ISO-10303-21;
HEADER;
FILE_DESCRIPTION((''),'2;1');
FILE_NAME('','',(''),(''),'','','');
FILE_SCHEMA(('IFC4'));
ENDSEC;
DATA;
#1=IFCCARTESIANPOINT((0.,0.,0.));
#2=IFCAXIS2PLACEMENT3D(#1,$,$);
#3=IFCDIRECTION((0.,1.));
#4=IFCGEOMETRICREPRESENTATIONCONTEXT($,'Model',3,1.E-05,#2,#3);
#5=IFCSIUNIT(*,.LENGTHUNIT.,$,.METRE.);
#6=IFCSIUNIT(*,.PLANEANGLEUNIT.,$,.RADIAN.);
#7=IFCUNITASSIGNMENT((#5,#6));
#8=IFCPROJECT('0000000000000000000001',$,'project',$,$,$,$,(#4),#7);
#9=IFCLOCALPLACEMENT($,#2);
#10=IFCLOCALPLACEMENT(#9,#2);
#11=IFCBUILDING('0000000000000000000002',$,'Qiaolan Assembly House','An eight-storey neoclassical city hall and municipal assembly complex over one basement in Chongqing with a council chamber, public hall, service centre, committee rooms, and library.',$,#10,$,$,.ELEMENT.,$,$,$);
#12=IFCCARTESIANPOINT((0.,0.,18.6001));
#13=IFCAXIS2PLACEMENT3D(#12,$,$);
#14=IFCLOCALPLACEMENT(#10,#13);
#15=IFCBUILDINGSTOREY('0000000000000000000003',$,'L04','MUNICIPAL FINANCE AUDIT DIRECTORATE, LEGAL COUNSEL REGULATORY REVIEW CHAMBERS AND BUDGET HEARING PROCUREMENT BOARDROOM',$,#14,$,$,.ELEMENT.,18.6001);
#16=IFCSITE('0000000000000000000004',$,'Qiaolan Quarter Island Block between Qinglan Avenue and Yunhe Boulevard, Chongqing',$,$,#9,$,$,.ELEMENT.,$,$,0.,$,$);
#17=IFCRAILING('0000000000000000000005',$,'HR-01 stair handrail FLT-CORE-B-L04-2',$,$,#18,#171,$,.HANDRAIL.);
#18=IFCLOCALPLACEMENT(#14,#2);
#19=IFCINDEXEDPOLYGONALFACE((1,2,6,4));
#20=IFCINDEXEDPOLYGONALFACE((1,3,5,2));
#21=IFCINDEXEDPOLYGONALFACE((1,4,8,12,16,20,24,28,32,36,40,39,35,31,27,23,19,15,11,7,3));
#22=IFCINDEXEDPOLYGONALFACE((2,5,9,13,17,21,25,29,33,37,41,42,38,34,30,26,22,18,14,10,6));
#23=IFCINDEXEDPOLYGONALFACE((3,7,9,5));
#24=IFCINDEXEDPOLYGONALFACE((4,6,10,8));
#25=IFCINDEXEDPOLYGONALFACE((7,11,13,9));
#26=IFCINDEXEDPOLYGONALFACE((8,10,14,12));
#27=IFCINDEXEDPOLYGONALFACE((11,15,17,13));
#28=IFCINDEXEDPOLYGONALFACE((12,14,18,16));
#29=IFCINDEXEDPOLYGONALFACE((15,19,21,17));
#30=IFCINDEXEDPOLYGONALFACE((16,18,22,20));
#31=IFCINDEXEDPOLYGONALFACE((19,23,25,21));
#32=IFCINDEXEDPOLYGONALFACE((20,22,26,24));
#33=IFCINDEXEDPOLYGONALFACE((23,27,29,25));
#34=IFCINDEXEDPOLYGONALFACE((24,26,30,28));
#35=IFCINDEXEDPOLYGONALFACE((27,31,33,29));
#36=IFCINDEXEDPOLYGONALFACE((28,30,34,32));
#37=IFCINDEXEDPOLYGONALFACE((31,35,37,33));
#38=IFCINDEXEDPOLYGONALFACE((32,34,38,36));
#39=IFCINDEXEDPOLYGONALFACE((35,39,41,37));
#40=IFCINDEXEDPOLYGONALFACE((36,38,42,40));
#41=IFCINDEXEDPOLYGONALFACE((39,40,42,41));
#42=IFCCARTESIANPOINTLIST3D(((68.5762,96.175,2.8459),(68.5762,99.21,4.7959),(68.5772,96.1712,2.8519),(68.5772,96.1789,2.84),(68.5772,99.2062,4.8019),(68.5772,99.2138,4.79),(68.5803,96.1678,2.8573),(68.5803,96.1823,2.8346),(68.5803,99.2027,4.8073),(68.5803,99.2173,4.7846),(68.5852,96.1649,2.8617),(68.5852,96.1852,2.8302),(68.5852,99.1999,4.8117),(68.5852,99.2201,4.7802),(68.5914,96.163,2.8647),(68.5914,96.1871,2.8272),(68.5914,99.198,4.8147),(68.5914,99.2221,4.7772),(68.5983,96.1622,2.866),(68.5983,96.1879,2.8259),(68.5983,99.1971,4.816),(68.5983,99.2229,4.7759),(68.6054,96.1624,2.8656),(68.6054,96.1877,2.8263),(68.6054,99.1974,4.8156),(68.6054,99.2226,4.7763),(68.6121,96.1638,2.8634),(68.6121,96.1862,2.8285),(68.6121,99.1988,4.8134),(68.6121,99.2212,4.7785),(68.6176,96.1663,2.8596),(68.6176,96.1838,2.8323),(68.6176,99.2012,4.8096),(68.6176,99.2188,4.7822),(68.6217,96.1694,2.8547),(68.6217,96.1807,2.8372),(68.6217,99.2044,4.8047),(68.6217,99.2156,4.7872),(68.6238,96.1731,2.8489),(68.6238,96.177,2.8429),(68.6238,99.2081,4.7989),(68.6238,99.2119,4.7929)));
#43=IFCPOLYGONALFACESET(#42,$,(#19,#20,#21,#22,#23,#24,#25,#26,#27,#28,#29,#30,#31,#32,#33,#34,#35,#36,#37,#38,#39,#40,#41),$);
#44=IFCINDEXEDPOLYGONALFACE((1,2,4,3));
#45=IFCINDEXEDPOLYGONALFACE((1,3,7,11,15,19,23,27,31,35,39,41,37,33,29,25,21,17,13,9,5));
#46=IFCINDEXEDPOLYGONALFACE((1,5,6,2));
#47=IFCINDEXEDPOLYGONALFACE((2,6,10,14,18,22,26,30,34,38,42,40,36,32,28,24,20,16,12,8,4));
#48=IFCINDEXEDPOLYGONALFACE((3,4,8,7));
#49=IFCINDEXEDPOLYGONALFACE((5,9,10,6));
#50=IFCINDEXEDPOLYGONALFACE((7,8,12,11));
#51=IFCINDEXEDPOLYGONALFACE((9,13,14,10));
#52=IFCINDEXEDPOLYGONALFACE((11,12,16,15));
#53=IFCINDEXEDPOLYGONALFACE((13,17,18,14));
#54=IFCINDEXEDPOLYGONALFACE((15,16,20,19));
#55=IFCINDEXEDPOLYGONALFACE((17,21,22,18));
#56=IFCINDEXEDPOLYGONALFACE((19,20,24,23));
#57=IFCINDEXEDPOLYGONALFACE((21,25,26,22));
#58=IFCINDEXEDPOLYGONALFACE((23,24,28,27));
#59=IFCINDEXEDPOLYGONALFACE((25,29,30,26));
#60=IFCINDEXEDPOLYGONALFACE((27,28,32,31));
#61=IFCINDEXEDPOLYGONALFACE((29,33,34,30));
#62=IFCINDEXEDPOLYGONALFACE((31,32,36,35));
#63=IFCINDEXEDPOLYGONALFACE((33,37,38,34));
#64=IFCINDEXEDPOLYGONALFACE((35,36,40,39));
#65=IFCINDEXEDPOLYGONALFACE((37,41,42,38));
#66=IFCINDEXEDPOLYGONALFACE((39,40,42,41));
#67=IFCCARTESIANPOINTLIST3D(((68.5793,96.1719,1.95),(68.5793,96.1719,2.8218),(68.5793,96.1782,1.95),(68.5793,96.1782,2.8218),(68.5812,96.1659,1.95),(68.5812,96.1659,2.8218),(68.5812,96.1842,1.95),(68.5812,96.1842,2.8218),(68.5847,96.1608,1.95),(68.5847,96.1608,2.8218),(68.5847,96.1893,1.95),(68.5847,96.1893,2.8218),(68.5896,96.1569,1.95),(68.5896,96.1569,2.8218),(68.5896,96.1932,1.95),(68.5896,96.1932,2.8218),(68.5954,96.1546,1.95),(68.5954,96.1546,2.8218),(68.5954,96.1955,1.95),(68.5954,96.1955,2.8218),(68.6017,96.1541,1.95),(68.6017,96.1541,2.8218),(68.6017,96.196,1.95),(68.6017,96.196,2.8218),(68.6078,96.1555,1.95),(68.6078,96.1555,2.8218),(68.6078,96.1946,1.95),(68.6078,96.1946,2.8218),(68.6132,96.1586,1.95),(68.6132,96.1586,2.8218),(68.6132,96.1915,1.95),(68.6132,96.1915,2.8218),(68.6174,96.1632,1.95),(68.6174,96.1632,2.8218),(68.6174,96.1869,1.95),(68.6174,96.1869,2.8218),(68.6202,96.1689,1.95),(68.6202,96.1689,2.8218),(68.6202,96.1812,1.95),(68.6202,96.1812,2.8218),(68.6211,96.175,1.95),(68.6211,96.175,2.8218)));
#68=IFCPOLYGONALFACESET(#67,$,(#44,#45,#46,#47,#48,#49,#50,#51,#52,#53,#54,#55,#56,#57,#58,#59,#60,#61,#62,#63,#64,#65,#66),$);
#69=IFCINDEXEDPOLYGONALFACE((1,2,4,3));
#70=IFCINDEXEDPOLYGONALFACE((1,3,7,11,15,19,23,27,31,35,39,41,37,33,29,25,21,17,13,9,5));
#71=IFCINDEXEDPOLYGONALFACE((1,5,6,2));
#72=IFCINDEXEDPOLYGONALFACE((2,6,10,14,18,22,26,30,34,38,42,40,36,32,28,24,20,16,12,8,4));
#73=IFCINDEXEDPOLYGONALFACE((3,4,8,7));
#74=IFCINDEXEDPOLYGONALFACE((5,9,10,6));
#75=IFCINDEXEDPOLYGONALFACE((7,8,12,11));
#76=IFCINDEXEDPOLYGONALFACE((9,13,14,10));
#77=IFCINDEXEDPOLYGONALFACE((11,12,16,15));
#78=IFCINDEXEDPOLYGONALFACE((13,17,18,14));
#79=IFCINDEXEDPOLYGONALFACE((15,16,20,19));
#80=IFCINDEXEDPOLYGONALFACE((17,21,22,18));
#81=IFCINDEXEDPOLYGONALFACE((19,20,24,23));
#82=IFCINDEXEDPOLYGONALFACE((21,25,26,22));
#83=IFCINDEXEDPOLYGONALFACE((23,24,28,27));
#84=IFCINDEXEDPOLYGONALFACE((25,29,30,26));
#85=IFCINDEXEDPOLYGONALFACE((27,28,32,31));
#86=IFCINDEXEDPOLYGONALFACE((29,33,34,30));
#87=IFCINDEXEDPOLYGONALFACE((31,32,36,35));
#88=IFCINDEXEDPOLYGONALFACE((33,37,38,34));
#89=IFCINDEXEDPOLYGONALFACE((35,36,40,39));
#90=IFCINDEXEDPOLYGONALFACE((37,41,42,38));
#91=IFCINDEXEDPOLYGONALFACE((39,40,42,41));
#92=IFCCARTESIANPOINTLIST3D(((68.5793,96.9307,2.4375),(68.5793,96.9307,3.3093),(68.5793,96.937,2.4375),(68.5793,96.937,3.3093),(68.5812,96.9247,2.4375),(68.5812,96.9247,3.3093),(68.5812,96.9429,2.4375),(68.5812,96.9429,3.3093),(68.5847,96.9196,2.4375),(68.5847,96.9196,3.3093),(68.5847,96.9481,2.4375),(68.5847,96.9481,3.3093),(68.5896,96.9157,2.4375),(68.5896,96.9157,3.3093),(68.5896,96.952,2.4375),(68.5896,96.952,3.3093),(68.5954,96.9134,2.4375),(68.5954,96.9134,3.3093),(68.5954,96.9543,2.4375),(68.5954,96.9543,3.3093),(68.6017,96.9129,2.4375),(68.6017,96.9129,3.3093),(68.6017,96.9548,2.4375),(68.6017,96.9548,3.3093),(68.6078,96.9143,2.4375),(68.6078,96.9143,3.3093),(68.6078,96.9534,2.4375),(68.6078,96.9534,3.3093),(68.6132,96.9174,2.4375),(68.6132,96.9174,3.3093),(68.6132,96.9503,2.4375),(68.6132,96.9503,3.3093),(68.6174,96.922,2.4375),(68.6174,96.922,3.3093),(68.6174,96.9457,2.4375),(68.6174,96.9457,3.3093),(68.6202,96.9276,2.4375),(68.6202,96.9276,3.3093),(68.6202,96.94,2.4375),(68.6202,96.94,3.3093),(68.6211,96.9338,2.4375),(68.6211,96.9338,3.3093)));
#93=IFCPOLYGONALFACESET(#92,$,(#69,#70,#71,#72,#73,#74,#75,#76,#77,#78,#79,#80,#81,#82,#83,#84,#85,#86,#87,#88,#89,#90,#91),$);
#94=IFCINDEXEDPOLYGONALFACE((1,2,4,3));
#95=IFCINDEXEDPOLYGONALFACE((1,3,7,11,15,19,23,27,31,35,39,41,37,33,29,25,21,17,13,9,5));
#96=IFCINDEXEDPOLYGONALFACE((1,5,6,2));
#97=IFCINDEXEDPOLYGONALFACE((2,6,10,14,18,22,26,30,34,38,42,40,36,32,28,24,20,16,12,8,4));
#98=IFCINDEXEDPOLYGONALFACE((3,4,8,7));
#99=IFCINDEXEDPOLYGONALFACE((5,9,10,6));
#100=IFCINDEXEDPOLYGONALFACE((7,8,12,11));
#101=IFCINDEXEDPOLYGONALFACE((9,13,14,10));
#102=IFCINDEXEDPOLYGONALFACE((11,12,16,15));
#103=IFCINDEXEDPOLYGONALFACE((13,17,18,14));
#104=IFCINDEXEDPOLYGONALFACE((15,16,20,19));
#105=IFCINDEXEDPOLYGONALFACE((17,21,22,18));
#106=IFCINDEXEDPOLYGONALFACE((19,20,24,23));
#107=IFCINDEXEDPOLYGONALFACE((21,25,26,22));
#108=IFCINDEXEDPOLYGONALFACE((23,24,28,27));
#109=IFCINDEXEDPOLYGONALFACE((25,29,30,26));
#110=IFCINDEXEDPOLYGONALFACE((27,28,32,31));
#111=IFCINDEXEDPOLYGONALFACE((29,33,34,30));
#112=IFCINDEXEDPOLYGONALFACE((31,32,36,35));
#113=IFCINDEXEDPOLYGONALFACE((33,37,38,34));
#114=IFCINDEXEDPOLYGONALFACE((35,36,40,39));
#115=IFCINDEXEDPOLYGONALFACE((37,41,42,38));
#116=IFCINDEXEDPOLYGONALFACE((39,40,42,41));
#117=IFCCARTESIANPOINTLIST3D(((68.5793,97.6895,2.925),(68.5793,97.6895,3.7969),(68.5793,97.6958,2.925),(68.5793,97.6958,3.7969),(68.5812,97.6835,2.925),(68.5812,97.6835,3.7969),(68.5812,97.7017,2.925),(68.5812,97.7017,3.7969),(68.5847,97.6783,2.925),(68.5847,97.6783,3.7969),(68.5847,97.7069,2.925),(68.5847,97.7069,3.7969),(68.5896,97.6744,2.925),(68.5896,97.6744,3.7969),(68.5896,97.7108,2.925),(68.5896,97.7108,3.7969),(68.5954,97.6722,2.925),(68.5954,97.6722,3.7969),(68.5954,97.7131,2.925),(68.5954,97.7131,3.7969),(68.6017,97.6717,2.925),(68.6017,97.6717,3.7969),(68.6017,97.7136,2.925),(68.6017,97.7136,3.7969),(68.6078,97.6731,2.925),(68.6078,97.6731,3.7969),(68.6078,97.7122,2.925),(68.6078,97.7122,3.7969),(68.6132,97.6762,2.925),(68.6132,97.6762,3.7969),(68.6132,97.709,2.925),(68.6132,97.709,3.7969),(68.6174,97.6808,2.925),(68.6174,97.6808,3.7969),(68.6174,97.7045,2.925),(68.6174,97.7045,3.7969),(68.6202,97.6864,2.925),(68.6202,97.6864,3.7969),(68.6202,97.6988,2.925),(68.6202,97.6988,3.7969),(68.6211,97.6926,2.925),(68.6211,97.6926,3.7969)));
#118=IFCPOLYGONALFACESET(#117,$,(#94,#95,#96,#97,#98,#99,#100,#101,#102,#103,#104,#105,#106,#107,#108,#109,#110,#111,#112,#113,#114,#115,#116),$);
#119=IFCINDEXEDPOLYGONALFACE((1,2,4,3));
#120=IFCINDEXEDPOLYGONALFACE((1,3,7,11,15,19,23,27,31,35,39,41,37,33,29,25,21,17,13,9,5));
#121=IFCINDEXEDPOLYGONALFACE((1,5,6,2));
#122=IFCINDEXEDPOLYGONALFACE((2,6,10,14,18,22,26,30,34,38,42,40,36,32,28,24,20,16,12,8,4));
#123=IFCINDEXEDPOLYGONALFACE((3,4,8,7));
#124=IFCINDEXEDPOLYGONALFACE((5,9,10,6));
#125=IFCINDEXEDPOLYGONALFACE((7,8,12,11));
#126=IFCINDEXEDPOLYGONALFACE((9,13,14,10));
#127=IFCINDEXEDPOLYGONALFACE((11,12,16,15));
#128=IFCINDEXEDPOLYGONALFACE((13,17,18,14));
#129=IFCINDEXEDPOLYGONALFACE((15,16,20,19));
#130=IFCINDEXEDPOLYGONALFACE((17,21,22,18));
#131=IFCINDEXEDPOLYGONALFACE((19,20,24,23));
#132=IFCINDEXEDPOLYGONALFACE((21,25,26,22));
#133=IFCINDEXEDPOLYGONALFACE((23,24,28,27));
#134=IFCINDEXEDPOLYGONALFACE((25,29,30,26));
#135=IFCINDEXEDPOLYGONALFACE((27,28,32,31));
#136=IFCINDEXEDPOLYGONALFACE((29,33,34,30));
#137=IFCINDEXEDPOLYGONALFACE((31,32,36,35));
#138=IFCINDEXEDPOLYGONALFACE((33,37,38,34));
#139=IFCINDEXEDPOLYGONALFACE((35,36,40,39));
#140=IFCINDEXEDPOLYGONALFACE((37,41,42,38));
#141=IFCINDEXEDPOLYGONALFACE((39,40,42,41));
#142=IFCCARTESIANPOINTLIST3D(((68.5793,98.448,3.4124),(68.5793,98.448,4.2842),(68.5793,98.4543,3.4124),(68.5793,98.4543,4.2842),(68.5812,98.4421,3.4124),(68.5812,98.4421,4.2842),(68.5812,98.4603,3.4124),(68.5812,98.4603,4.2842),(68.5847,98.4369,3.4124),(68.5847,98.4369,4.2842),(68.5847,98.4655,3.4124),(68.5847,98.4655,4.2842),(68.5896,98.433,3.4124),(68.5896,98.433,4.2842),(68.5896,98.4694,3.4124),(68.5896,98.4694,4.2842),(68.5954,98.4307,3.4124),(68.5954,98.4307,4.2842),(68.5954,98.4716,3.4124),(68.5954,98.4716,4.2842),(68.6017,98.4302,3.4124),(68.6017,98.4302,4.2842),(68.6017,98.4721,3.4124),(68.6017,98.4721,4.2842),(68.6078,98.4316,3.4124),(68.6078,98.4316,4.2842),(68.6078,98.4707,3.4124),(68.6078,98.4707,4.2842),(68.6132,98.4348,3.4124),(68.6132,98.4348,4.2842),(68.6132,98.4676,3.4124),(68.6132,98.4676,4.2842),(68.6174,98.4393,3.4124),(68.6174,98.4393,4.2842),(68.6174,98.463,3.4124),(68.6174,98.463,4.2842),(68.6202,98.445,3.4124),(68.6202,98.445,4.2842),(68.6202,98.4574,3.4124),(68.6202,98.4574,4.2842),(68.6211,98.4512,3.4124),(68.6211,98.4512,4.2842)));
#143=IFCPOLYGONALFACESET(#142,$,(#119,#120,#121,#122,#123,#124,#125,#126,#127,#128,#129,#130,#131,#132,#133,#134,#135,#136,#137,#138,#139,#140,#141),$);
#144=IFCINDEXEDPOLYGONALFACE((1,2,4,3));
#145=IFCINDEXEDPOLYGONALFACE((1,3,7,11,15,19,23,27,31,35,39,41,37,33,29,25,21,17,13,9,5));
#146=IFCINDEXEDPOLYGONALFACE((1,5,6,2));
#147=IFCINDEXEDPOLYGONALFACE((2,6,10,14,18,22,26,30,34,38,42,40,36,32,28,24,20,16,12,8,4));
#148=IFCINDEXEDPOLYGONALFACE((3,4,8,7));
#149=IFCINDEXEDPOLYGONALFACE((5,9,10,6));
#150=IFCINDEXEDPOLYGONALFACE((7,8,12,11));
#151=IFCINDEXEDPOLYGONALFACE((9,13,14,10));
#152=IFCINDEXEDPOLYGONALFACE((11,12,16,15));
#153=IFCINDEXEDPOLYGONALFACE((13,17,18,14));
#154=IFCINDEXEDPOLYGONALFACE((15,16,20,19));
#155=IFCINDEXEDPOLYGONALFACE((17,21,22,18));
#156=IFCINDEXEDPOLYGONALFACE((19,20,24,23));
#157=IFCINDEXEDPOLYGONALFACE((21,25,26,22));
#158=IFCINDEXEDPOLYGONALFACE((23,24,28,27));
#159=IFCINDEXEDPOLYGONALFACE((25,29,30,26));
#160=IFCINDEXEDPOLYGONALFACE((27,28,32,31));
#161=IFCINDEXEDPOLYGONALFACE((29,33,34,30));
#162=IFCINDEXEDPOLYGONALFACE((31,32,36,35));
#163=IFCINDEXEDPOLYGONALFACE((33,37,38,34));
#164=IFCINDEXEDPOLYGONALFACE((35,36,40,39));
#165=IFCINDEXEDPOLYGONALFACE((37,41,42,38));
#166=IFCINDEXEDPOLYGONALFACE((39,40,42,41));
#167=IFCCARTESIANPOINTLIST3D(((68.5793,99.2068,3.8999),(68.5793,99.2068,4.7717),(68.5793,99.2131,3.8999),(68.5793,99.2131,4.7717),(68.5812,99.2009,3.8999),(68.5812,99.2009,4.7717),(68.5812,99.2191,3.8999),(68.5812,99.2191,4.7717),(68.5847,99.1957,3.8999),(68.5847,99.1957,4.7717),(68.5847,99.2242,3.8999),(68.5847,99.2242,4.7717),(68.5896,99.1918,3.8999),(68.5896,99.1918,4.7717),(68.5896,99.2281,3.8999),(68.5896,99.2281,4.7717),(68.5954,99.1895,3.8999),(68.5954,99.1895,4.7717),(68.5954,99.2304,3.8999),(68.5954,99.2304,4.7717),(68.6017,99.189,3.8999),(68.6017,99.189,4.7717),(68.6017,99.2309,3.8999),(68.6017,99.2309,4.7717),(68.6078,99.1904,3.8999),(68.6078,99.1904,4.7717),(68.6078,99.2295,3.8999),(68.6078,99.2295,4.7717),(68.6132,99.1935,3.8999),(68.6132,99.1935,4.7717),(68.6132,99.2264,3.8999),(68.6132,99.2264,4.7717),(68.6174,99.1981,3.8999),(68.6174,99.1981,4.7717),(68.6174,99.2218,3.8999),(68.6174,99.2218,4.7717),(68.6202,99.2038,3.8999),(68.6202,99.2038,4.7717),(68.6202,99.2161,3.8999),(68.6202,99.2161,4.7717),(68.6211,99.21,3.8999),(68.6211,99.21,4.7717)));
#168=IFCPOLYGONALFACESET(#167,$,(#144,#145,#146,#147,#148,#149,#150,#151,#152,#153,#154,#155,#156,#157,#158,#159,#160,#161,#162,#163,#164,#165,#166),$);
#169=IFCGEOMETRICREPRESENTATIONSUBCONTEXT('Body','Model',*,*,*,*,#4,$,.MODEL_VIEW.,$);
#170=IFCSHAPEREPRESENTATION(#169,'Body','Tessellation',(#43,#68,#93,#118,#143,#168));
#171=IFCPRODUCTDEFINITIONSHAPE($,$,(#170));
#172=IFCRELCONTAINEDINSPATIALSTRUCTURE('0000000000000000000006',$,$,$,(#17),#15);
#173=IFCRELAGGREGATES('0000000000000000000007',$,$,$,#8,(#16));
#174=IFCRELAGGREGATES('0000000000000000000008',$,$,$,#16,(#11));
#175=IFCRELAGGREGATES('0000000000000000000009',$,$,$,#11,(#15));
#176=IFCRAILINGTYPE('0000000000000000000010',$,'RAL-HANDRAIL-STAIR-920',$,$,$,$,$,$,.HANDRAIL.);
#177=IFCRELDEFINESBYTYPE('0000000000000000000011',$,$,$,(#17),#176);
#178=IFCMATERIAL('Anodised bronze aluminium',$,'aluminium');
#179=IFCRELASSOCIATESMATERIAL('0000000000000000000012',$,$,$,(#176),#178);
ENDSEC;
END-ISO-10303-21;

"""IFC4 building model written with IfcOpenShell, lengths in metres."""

from ifc_helpers import new_model, si_unit, direction, frame, origin, origin_2d, place, context, subcontext, project, spatial, circle, extrude, material, type_object, element, save


model = new_model("IFC4")

# Units and contexts
model_context = context("Model", 3, precision=1e-05, world=origin(), true_north=direction((0.0, 1.0)))
body_context = subcontext(model_context, "Body", "Model", "MODEL_VIEW")
ifc_project = project(units=[si_unit("LENGTHUNIT", "METRE"), si_unit("PLANEANGLEUNIT", "RADIAN")], contexts=[model_context])

# Site, building, storey
site_placement = place(None, origin())
site = spatial("IfcSite", under=ifc_project, at=site_placement, Name="Qiaolan Quarter Island Block between Qinglan Avenue and Yunhe Boulevard, Chongqing", CompositionType="ELEMENT", RefElevation=0.0)
building_placement = place(site_placement, origin())
building = spatial("IfcBuilding", under=site, at=building_placement, Name="Qiaolan Assembly House", Description="An eight-storey neoclassical city hall and municipal assembly complex over one basement in Chongqing with a council chamber, public hall, service centre, committee rooms, and library.", CompositionType="ELEMENT")
storey_placement = place(building_placement, frame((0.0, 0.0, 18.6001)))
storey = spatial("IfcBuildingStorey", under=building, at=storey_placement, Name="L04", Description="MUNICIPAL FINANCE AUDIT DIRECTORATE, LEGAL COUNSEL REGULATORY REVIEW CHAMBERS AND BUDGET HEARING PROCUREMENT BOARDROOM", CompositionType="ELEMENT", Elevation=18.6001)

# Railing
ifc_material_1 = material(Name="Anodised bronze aluminium", Category="aluminium")
railing_type_1 = type_object("IfcRailingType", Name="RAL-HANDRAIL-STAIR-920", PredefinedType="HANDRAIL", material=ifc_material_1)
railing_1_placement = place(storey_placement, frame((68.6001, 96.175, 1.95)))
element("IfcRailing", 1, at=railing_1_placement, inside=storey, type_object=railing_type_1, Name="HR-01 stair handrail FLT-CORE-B-L04-2", PredefinedType="HANDRAIL", context=body_context, shape_type="SweptSolid", body=[
    extrude(circle(Radius=0.0239, at=origin_2d()), frame((0.0, 0.0, 0.896), z_axis=(0.0, 0.841313, 0.540549), x_axis=(-1.0, 0.0, 0.0)), (0.0, 0.0, 1.0), 3.6074),
    extrude(circle(Radius=0.021, at=origin_2d()), origin(), (0.0, 0.0, 1.0), 0.8718),
    extrude(circle(Radius=0.021, at=origin_2d()), frame((0.0, 0.7588, 0.4875)), (0.0, 0.0, 1.0), 0.8718),
    extrude(circle(Radius=0.021, at=origin_2d()), frame((0.0, 1.5176, 0.9751)), (0.0, 0.0, 1.0), 0.8718),
    extrude(circle(Radius=0.021, at=origin_2d()), frame((0.0, 2.2761, 1.4624)), (0.0, 0.0, 1.0), 0.8718),
    extrude(circle(Radius=0.021, at=origin_2d()), frame((0.0, 3.0349, 1.95)), (0.0, 0.0, 1.0), 0.8718),
])

save(model, "model.ifc")
